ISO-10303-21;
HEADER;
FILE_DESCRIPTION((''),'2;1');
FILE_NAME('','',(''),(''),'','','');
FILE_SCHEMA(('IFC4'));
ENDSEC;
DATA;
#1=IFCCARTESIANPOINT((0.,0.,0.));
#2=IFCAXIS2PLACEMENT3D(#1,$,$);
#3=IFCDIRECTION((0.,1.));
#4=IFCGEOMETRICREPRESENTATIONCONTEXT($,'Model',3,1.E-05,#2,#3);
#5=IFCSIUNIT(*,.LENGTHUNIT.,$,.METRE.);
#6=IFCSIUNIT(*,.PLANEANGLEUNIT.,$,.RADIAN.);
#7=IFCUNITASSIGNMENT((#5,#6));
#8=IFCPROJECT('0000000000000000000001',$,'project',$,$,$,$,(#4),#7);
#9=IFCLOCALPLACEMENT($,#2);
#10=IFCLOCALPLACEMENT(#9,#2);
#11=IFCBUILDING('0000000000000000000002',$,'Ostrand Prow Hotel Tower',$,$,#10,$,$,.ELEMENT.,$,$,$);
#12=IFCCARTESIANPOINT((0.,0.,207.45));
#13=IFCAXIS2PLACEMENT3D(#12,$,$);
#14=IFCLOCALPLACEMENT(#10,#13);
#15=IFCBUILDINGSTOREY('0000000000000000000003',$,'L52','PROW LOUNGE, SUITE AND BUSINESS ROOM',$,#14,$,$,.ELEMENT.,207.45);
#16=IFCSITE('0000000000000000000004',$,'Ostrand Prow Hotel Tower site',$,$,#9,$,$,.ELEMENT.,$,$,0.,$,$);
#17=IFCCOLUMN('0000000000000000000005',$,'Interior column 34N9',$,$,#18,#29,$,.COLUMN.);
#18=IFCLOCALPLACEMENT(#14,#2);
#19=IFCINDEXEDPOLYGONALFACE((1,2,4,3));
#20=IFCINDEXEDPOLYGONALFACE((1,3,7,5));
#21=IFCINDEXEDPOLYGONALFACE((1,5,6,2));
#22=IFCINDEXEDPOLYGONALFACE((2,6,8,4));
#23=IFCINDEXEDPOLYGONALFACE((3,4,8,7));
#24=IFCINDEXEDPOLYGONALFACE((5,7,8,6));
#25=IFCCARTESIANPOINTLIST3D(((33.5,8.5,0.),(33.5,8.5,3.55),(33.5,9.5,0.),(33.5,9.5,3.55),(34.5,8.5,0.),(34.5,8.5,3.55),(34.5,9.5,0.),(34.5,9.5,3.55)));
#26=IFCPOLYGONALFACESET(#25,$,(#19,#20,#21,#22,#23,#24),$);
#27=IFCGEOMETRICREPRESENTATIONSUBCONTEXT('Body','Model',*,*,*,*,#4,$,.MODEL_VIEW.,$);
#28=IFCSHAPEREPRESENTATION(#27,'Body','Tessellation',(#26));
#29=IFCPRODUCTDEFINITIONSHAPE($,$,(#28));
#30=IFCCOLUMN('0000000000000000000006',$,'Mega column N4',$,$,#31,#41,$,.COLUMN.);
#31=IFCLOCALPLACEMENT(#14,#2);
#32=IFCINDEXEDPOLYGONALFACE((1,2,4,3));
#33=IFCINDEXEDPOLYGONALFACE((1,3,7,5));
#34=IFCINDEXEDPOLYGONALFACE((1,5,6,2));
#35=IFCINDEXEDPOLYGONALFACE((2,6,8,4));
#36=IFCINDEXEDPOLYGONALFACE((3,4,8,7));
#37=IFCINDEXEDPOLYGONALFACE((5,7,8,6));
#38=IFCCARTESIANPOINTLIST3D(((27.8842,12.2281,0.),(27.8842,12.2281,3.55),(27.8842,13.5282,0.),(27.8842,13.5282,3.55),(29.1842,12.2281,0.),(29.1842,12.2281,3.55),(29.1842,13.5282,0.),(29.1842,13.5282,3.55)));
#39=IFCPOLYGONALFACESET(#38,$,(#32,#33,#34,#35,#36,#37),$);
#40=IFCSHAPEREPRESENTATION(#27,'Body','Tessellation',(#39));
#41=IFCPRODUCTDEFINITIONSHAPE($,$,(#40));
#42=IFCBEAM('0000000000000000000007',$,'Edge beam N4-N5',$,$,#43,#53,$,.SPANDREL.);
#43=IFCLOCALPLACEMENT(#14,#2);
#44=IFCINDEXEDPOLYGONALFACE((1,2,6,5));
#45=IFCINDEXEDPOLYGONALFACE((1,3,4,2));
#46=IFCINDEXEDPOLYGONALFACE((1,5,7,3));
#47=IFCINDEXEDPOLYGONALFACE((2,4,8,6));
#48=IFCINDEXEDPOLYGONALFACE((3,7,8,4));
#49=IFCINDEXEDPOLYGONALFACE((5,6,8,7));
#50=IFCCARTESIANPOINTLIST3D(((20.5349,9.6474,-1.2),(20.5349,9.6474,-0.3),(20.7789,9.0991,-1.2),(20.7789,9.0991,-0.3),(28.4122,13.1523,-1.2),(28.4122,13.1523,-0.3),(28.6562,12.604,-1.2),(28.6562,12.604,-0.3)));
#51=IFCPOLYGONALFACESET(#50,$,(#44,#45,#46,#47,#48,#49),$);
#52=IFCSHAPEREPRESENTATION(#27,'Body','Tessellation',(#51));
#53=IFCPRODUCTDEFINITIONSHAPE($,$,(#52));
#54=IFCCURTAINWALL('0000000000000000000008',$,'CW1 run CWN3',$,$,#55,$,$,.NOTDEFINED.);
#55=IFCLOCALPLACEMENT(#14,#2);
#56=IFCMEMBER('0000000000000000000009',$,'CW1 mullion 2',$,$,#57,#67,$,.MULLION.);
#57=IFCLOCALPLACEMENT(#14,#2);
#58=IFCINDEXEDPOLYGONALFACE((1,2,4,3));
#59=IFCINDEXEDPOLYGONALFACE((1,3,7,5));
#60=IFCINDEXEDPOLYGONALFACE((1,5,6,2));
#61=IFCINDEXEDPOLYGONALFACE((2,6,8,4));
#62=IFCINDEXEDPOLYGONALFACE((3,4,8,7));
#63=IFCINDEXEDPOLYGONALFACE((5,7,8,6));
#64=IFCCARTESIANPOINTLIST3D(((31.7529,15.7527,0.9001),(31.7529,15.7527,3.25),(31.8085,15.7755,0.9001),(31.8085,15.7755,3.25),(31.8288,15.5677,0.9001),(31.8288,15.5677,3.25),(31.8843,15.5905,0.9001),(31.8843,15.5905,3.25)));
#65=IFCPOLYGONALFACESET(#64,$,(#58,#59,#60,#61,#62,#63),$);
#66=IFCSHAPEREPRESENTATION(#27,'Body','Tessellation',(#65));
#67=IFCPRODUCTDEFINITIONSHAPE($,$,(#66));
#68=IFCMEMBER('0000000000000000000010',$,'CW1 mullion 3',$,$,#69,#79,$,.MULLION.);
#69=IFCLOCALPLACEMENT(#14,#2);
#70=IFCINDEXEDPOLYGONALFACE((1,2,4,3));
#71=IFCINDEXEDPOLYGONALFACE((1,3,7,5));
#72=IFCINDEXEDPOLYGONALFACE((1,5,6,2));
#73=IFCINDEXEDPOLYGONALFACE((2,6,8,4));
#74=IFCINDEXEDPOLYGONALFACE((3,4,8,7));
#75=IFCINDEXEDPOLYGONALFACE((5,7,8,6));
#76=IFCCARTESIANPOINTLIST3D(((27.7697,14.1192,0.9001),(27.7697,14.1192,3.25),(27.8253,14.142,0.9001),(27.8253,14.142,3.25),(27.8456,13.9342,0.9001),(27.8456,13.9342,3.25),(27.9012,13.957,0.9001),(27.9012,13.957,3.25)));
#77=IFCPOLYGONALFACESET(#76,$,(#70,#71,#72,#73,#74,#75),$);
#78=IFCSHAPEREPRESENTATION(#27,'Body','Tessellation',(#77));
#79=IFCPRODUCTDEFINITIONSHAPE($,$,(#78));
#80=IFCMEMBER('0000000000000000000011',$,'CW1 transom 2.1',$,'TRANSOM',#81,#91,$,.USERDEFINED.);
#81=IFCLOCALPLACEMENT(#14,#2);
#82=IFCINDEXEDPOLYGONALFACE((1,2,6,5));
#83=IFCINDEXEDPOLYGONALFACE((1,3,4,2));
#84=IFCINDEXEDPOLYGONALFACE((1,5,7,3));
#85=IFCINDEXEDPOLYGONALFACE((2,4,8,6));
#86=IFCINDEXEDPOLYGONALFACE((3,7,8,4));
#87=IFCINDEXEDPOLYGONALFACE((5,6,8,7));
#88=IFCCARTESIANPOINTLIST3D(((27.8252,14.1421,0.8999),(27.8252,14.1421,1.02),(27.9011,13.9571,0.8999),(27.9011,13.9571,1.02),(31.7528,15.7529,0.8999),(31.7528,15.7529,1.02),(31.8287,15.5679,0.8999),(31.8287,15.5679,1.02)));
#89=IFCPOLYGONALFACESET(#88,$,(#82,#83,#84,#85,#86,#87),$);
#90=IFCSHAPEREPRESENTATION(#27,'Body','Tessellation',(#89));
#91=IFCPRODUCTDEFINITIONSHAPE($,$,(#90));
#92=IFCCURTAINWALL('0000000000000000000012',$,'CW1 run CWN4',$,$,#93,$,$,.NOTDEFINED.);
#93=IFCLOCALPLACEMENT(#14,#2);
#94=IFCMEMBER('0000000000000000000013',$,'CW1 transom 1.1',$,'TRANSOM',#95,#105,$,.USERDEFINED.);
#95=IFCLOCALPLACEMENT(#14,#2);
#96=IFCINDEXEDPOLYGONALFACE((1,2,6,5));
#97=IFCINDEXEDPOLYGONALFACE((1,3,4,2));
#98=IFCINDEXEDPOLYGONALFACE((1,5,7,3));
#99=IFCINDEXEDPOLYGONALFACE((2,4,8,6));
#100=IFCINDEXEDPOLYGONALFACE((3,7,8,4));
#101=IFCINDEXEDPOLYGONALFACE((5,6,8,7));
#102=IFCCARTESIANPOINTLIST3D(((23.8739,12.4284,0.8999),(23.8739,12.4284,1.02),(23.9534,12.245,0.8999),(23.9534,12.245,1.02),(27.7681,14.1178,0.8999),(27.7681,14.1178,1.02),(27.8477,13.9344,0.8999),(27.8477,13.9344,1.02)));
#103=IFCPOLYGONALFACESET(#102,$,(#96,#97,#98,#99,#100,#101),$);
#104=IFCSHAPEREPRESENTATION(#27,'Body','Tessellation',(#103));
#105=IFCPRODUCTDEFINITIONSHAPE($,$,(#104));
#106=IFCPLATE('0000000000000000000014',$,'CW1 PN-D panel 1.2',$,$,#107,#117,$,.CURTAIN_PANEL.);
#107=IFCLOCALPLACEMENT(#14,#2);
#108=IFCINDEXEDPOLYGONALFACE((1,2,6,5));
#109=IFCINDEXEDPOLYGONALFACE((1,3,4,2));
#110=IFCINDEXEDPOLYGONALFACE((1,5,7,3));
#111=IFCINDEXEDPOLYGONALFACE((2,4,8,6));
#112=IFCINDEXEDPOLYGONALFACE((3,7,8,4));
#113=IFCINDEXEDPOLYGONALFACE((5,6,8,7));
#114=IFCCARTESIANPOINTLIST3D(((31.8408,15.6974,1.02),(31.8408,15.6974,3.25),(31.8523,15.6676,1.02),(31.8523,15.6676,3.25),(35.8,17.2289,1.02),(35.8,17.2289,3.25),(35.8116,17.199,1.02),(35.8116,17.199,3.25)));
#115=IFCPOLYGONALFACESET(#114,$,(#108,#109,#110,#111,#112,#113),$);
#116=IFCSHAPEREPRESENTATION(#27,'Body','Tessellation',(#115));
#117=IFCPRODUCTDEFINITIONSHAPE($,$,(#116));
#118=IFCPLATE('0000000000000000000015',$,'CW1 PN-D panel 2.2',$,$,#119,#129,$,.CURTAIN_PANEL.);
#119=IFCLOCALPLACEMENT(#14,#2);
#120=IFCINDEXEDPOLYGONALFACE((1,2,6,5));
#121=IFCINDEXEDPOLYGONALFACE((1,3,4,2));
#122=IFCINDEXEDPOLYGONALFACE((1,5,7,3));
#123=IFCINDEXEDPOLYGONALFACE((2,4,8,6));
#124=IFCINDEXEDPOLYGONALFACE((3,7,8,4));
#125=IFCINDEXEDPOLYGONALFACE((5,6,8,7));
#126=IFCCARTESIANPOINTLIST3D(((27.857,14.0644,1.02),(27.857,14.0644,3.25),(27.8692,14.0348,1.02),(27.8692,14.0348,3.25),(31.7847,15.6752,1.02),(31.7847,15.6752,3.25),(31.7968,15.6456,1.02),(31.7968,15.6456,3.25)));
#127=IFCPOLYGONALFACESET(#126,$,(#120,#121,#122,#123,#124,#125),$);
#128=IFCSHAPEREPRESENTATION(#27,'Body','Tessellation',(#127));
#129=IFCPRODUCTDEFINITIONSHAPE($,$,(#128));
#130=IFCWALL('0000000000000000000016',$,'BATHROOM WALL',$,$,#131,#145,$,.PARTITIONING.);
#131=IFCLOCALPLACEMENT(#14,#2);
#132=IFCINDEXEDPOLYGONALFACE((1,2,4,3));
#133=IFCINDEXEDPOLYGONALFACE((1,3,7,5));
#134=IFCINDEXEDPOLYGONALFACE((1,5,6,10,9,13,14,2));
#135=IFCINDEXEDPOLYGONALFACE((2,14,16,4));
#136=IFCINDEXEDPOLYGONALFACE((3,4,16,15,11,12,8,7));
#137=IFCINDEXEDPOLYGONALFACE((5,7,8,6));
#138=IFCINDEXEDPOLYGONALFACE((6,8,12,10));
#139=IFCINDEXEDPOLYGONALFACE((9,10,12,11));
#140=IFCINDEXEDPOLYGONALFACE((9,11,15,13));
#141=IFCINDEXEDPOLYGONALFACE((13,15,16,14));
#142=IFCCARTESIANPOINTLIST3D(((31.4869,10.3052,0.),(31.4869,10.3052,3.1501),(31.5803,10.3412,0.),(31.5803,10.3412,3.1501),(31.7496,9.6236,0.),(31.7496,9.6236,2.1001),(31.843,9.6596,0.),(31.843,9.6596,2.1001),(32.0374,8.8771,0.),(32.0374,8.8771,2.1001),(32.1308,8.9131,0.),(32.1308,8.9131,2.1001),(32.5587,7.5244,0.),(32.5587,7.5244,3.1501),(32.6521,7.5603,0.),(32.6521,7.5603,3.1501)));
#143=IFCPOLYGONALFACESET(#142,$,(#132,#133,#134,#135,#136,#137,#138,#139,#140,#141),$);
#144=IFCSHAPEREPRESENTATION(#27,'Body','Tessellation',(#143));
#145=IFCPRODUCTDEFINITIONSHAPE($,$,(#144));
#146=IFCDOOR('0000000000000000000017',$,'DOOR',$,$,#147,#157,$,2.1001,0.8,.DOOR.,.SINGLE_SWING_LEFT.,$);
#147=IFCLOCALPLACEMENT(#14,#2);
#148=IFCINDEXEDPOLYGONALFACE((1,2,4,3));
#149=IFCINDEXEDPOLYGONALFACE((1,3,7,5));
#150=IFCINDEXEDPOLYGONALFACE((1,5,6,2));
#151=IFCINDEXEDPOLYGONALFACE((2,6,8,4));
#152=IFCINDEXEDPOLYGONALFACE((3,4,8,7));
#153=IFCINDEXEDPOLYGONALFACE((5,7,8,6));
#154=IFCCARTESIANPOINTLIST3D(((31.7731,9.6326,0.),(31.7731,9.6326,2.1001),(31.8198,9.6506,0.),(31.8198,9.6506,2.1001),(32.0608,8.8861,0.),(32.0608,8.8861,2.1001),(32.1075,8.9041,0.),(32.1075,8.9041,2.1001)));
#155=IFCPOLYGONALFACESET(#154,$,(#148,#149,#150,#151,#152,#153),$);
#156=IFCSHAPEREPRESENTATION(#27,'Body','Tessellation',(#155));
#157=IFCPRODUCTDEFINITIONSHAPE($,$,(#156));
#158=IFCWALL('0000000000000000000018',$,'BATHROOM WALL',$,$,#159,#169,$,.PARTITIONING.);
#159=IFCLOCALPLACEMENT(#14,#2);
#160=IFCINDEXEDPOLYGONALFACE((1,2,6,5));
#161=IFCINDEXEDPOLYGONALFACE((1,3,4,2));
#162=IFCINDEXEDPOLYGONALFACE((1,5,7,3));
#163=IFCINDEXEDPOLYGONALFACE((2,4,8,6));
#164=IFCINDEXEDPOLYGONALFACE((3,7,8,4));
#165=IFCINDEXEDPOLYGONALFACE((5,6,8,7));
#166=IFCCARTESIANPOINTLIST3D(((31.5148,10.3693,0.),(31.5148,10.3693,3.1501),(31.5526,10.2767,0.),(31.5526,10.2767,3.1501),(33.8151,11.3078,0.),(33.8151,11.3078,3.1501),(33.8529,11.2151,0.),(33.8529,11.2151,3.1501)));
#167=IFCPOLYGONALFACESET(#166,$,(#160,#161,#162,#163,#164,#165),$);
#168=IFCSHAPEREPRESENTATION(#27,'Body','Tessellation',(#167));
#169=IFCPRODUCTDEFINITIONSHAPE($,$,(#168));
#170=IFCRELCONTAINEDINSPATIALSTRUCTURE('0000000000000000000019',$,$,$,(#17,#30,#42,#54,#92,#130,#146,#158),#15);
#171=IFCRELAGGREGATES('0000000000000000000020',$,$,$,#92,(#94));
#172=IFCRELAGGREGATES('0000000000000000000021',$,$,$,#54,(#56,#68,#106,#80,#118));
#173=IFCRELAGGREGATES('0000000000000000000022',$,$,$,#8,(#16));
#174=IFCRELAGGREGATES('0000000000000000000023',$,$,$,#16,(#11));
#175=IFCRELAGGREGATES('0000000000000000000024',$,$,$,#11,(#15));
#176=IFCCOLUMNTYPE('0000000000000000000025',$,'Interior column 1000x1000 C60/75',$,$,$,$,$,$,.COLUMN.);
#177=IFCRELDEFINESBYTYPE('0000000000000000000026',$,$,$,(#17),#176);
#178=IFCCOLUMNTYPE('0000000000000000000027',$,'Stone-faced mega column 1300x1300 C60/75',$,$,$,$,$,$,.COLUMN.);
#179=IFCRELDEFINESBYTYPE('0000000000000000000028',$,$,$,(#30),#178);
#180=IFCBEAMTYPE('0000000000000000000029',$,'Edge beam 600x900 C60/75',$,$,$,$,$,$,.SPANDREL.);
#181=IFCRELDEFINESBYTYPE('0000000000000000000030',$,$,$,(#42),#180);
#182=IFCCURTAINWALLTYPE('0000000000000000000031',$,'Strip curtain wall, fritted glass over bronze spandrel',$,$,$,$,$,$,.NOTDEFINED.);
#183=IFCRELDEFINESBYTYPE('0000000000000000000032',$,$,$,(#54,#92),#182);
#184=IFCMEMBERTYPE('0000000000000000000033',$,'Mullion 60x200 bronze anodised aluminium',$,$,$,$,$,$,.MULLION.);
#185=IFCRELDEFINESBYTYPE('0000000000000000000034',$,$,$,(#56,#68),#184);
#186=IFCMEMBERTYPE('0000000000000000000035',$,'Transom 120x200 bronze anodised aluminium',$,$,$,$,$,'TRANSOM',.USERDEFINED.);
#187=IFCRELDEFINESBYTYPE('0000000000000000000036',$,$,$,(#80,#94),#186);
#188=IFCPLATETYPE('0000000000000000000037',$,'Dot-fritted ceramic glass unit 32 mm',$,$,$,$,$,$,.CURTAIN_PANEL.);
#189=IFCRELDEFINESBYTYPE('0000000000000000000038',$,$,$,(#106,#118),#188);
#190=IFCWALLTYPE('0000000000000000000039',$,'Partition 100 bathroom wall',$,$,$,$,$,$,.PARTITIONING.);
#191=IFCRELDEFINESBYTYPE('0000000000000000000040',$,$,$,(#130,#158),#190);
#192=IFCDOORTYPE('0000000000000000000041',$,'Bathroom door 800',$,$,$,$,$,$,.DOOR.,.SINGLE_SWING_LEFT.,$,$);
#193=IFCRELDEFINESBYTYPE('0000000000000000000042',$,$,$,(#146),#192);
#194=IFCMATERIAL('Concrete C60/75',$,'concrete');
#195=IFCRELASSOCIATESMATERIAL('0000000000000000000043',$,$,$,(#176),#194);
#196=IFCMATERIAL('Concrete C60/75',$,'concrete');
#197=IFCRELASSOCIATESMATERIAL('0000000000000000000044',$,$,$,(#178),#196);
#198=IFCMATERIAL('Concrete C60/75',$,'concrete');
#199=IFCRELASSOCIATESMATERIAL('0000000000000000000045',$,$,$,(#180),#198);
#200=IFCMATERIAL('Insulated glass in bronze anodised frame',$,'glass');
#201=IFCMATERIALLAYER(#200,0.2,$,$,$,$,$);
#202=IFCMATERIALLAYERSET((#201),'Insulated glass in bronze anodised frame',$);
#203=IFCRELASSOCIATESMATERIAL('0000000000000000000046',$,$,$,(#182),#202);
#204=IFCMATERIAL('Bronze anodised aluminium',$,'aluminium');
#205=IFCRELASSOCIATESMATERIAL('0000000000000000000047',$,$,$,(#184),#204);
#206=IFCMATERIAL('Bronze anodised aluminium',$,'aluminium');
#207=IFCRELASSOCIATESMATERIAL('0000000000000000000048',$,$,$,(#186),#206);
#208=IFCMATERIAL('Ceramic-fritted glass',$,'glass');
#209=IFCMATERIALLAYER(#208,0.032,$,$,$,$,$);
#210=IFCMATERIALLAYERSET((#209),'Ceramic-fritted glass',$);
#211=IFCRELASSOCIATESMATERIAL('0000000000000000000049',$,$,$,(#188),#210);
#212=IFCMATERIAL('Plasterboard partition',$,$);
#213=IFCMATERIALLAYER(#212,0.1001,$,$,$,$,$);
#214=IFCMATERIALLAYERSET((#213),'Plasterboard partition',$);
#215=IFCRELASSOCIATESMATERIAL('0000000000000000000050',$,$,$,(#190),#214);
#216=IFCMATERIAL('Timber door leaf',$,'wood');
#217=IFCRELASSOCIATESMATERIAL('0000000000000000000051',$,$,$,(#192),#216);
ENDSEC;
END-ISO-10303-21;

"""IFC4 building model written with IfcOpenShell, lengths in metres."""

from ifc_helpers import new_model, si_unit, direction, frame, frame_2d, origin, origin_2d, place, context, subcontext, project, spatial, rectangle, extrude, material, layer, layer_set, material_profile, profile_set, type_object, element, fill, aggregate, save


model = new_model("IFC4")

# Units and contexts
model_context = context("Model", 3, precision=1e-05, world=origin(), true_north=direction((0.0, 1.0)))
body_context = subcontext(model_context, "Body", "Model", "MODEL_VIEW")
ifc_project = project(units=[si_unit("LENGTHUNIT", "METRE"), si_unit("PLANEANGLEUNIT", "RADIAN")], contexts=[model_context])

# Site, building, storey
site_placement = place(None, origin())
site = spatial("IfcSite", under=ifc_project, at=site_placement, Name="Ostrand Prow Hotel Tower site", CompositionType="ELEMENT", RefElevation=0.0)
building_placement = place(site_placement, origin())
building = spatial("IfcBuilding", under=site, at=building_placement, Name="Ostrand Prow Hotel Tower", CompositionType="ELEMENT")
storey_placement = place(building_placement, frame((0.0, 0.0, 207.45)))
storey = spatial("IfcBuildingStorey", under=building, at=storey_placement, Name="L52", Description="PROW LOUNGE, SUITE AND BUSINESS ROOM", CompositionType="ELEMENT", Elevation=207.45)

# Columns
ifc_material_1 = material(Name="Concrete C60/75", Category="concrete")
ifc_material_profile_1 = material_profile(ifc_material_1, rectangle(XDim=1.0, YDim=1.0, at=origin_2d()), Name="RC 1000x1000")
ifc_profile_set_1 = profile_set([ifc_material_profile_1], Name="Concrete C60/75")
column_type_1 = type_object("IfcColumnType", Name="Interior column 1000x1000 C60/75", PredefinedType="COLUMN", material=ifc_profile_set_1)
column_1_placement = place(storey_placement, frame((34.0, 9.0, 0.0), z_axis=(0.0, 0.0, 1.0), x_axis=(1.0, 0.0, 0.0)))
element("IfcColumn", 1, at=column_1_placement, inside=storey, type_object=column_type_1, Name="Interior column 34N9", PredefinedType="COLUMN", context=body_context, shape_type="SweptSolid", body=[
    extrude(rectangle(XDim=1.0, YDim=1.0, at=origin_2d()), origin(), (0.0, 0.0, 1.0), 3.55),
])
ifc_material_2 = material(Name="Concrete C60/75", Category="concrete")
ifc_material_profile_2 = material_profile(ifc_material_2, rectangle(XDim=1.3, YDim=1.3, at=origin_2d()), Name="RC 1300x1300")
ifc_profile_set_2 = profile_set([ifc_material_profile_2], Name="Concrete C60/75")
column_type_2 = type_object("IfcColumnType", Name="Stone-faced mega column 1300x1300 C60/75", PredefinedType="COLUMN", material=ifc_profile_set_2)
column_2_placement = place(storey_placement, frame((28.5342, 12.8782, 0.0), z_axis=(0.0, 0.0, 1.0), x_axis=(1.0, 0.0, 0.0)))
element("IfcColumn", 2, at=column_2_placement, inside=storey, type_object=column_type_2, Name="Mega column N4", PredefinedType="COLUMN", context=body_context, shape_type="SweptSolid", body=[
    extrude(rectangle(XDim=1.3, YDim=1.3, at=origin_2d()), origin(), (0.0, 0.0, 1.0), 3.55),
])

# Beam
ifc_material_3 = material(Name="Concrete C60/75", Category="concrete")
ifc_material_profile_3 = material_profile(ifc_material_3, rectangle(XDim=0.6001, YDim=0.8999, at=origin_2d()), Name="RC 600x900")
ifc_profile_set_3 = profile_set([ifc_material_profile_3], Name="Concrete C60/75")
beam_type = type_object("IfcBeamType", Name="Edge beam 600x900 C60/75", PredefinedType="SPANDREL", material=ifc_profile_set_3)
beam_placement = place(storey_placement, frame((28.5342, 12.8782, -0.75), z_axis=(-0.913643, -0.406517, 0.0), x_axis=(0.406517, -0.913643, 0.0)))
element("IfcBeam", 3, at=beam_placement, inside=storey, type_object=beam_type, Name="Edge beam N4-N5", PredefinedType="SPANDREL", context=body_context, shape_type="SweptSolid", body=[
    extrude(rectangle(XDim=0.6001, YDim=0.8999, at=origin_2d()), origin(), (0.0, 0.0, 1.0), 8.6218),
])

# Curtain wall, members
ifc_material_4 = material(Name="Insulated glass in bronze anodised frame", Category="glass")
ifc_layer_1 = layer(ifc_material_4, 0.2)
ifc_layer_set_1 = layer_set([ifc_layer_1], Name="Insulated glass in bronze anodised frame")
curtain_wall_type = type_object("IfcCurtainWallType", Name="Strip curtain wall, fritted glass over bronze spandrel", PredefinedType="NOTDEFINED", material=ifc_layer_set_1)
curtain_wall_1_placement = place(storey_placement, origin())
curtain_wall_1 = element("IfcCurtainWall", 4, at=curtain_wall_1_placement, inside=storey, type_object=curtain_wall_type, Name="CW1 run CWN3", PredefinedType="NOTDEFINED")
ifc_material_5 = material(Name="Bronze anodised aluminium", Category="aluminium")
ifc_material_profile_4 = material_profile(ifc_material_5, rectangle(XDim=0.2, YDim=0.0601, at=origin_2d()), Name="Mullion 60x200 bronze anodised aluminium")
ifc_profile_set_4 = profile_set([ifc_material_profile_4], Name="Bronze anodised aluminium")
member_type_1 = type_object("IfcMemberType", Name="Mullion 60x200 bronze anodised aluminium", PredefinedType="MULLION", material=ifc_profile_set_4)
member_1_placement = place(storey_placement, frame((31.8186, 15.6716, 0.9001), z_axis=(0.0, 0.0, 1.0), x_axis=(0.379453, -0.925211, 0.0)))
member_1 = element("IfcMember", 5, at=member_1_placement, type_object=member_type_1, Name="CW1 mullion 2", PredefinedType="MULLION", context=body_context, shape_type="SweptSolid", body=[
    extrude(rectangle(XDim=0.2, YDim=0.0601, at=origin_2d()), origin(), (0.0, 0.0, 1.0), 2.3499),
])
member_2_placement = place(storey_placement, frame((27.8354, 14.0381, 0.9001), z_axis=(0.0, 0.0, 1.0), x_axis=(0.379453, -0.925211, 0.0)))
member_2 = element("IfcMember", 6, at=member_2_placement, type_object=member_type_1, Name="CW1 mullion 3", PredefinedType="MULLION", context=body_context, shape_type="SweptSolid", body=[
    extrude(rectangle(XDim=0.2, YDim=0.0601, at=origin_2d()), origin(), (0.0, 0.0, 1.0), 2.3499),
])
ifc_material_6 = material(Name="Bronze anodised aluminium", Category="aluminium")
ifc_material_profile_5 = material_profile(ifc_material_6, rectangle(XDim=0.2, YDim=0.1201, at=origin_2d()), Name="Transom 120x200 bronze anodised aluminium")
ifc_profile_set_5 = profile_set([ifc_material_profile_5], Name="Bronze anodised aluminium")
member_type_2 = type_object("IfcMemberType", Name="Transom 120x200 bronze anodised aluminium", ElementType="TRANSOM", PredefinedType="USERDEFINED", material=ifc_profile_set_5)
member_3_placement = place(storey_placement, frame((31.7908, 15.6604, 0.96), z_axis=(-0.925213, -0.379448, 0.0), x_axis=(0.379448, -0.925213, 0.0)))
member_3 = element("IfcMember", 7, at=member_3_placement, type_object=member_type_2, Name="CW1 transom 2.1", ObjectType="TRANSOM", PredefinedType="USERDEFINED", context=body_context, shape_type="SweptSolid", body=[
    extrude(rectangle(XDim=0.2, YDim=0.1201, at=origin_2d()), origin(), (0.0, 0.0, 1.0), 4.2451),
])

# Curtain wall, member
curtain_wall_2_placement = place(storey_placement, origin())
curtain_wall_2 = element("IfcCurtainWall", 8, at=curtain_wall_2_placement, inside=storey, type_object=curtain_wall_type, Name="CW1 run CWN4", PredefinedType="NOTDEFINED")
member_4_placement = place(storey_placement, frame((27.8079, 14.0261, 0.96), z_axis=(-0.91739, -0.39799, 0.0), x_axis=(0.39799, -0.91739, 0.0)))
member_4 = element("IfcMember", 9, at=member_4_placement, type_object=member_type_2, Name="CW1 transom 1.1", ObjectType="TRANSOM", PredefinedType="USERDEFINED", context=body_context, shape_type="SweptSolid", body=[
    extrude(rectangle(XDim=0.2, YDim=0.1201, at=origin_2d()), origin(), (0.0, 0.0, 1.0), 4.2449),
])
aggregate(curtain_wall_2, [member_4])

# Plates
ifc_material_7 = material(Name="Ceramic-fritted glass", Category="glass")
ifc_layer_2 = layer(ifc_material_7, 0.032)
ifc_layer_set_2 = layer_set([ifc_layer_2], Name="Ceramic-fritted glass")
plate_type = type_object("IfcPlateType", Name="Dot-fritted ceramic glass unit 32 mm", PredefinedType="CURTAIN_PANEL", material=ifc_layer_set_2)
plate_1_placement = place(storey_placement, frame((33.8262, 16.4482, 1.02), z_axis=(0.0, 0.0, 1.0), x_axis=(-0.932663, -0.360749, 0.0)))
plate_1 = element("IfcPlate", 10, at=plate_1_placement, type_object=plate_type, Name="CW1 PN-D panel 1.2", PredefinedType="CURTAIN_PANEL", context=body_context, shape_type="SweptSolid", body=[
    extrude(rectangle(XDim=4.2451, YDim=0.032, at=origin_2d()), origin(), (0.0, 0.0, 1.0), 2.23),
])
plate_2_placement = place(storey_placement, frame((29.8269, 14.855, 1.02), z_axis=(0.0, 0.0, 1.0), x_axis=(-0.925211, -0.379453, 0.0)))
plate_2 = element("IfcPlate", 11, at=plate_2_placement, type_object=plate_type, Name="CW1 PN-D panel 2.2", PredefinedType="CURTAIN_PANEL", context=body_context, shape_type="SweptSolid", body=[
    extrude(rectangle(XDim=4.2451, YDim=0.032, at=origin_2d()), origin(), (0.0, 0.0, 1.0), 2.23),
])
aggregate(curtain_wall_1, [member_1, member_2, plate_1, member_3, plate_2])

# Wall, opening, door
ifc_material_8 = material(Name="Plasterboard partition")
ifc_layer_3 = layer(ifc_material_8, 0.1001)
ifc_layer_set_3 = layer_set([ifc_layer_3], Name="Plasterboard partition")
wall_type_1 = type_object("IfcWallType", Name="Partition 100 bathroom wall", PredefinedType="PARTITIONING", material=ifc_layer_set_3)
wall_1_placement = place(storey_placement, frame((32.6055, 7.5422, 0.0), z_axis=(0.0, 0.0, 1.0), x_axis=(-0.359638, 0.933092, 0.0)))
wall_1 = element("IfcWall", 12, at=wall_1_placement, inside=storey, type_object=wall_type_1, Name="BATHROOM WALL", PredefinedType="PARTITIONING", context=body_context, shape_type="SweptSolid", body=[
    extrude(rectangle(XDim=2.9802, YDim=0.1001, at=frame_2d((1.4902, 0.0))), origin(), (0.0, 0.0, 1.0), 3.1501),
])
opening_1_placement = place(wall_1_placement, frame((1.45, 0.0, 0.0)))
opening_1 = element("IfcOpeningElement", 13, at=opening_1_placement, cuts=wall_1, PredefinedType="OPENING", context=body_context, shape_type="SweptSolid", body=[
    extrude(rectangle(XDim=0.8, YDim=2.1001, at=frame_2d((0.3999, 1.05))), frame((0.0, 0.0601, 0.0), z_axis=(0.0, -1.0, 0.0), x_axis=(1.0, 0.0, 0.0)), (0.0, 0.0, 1.0), 0.1201),
])
ifc_material_9 = material(Name="Timber door leaf", Category="wood")
door_type_1 = type_object("IfcDoorType", Name="Bathroom door 800", OperationType="SINGLE_SWING_LEFT", PredefinedType="DOOR", material=ifc_material_9)
door_1_placement = place(opening_1_placement, origin())
door_1 = element("IfcDoor", 14, at=door_1_placement, inside=storey, type_object=door_type_1, Name="DOOR", OperationType="SINGLE_SWING_LEFT", OverallHeight=2.1001, OverallWidth=0.8, PredefinedType="DOOR", context=body_context, shape_type="SweptSolid", body=[
    extrude(rectangle(XDim=0.8, YDim=2.1001, at=frame_2d((0.3999, 1.05))), frame((0.0, 0.0249, 0.0), z_axis=(0.0, -1.0, 0.0), x_axis=(1.0, 0.0, 0.0)), (0.0, 0.0, 1.0), 0.05),
])
fill(opening_1, door_1)

# Wall
wall_2_placement = place(storey_placement, frame((31.5337, 10.323, 0.0), z_axis=(0.0, 0.0, 1.0), x_axis=(0.925907, 0.377753, 0.0)))
element("IfcWall", 15, at=wall_2_placement, inside=storey, type_object=wall_type_1, Name="BATHROOM WALL", PredefinedType="PARTITIONING", context=body_context, shape_type="SweptSolid", body=[
    extrude(rectangle(XDim=2.4844, YDim=0.1001, at=frame_2d((1.2422, 0.0))), origin(), (0.0, 0.0, 1.0), 3.1501),
])

save(model, "model.ifc")
